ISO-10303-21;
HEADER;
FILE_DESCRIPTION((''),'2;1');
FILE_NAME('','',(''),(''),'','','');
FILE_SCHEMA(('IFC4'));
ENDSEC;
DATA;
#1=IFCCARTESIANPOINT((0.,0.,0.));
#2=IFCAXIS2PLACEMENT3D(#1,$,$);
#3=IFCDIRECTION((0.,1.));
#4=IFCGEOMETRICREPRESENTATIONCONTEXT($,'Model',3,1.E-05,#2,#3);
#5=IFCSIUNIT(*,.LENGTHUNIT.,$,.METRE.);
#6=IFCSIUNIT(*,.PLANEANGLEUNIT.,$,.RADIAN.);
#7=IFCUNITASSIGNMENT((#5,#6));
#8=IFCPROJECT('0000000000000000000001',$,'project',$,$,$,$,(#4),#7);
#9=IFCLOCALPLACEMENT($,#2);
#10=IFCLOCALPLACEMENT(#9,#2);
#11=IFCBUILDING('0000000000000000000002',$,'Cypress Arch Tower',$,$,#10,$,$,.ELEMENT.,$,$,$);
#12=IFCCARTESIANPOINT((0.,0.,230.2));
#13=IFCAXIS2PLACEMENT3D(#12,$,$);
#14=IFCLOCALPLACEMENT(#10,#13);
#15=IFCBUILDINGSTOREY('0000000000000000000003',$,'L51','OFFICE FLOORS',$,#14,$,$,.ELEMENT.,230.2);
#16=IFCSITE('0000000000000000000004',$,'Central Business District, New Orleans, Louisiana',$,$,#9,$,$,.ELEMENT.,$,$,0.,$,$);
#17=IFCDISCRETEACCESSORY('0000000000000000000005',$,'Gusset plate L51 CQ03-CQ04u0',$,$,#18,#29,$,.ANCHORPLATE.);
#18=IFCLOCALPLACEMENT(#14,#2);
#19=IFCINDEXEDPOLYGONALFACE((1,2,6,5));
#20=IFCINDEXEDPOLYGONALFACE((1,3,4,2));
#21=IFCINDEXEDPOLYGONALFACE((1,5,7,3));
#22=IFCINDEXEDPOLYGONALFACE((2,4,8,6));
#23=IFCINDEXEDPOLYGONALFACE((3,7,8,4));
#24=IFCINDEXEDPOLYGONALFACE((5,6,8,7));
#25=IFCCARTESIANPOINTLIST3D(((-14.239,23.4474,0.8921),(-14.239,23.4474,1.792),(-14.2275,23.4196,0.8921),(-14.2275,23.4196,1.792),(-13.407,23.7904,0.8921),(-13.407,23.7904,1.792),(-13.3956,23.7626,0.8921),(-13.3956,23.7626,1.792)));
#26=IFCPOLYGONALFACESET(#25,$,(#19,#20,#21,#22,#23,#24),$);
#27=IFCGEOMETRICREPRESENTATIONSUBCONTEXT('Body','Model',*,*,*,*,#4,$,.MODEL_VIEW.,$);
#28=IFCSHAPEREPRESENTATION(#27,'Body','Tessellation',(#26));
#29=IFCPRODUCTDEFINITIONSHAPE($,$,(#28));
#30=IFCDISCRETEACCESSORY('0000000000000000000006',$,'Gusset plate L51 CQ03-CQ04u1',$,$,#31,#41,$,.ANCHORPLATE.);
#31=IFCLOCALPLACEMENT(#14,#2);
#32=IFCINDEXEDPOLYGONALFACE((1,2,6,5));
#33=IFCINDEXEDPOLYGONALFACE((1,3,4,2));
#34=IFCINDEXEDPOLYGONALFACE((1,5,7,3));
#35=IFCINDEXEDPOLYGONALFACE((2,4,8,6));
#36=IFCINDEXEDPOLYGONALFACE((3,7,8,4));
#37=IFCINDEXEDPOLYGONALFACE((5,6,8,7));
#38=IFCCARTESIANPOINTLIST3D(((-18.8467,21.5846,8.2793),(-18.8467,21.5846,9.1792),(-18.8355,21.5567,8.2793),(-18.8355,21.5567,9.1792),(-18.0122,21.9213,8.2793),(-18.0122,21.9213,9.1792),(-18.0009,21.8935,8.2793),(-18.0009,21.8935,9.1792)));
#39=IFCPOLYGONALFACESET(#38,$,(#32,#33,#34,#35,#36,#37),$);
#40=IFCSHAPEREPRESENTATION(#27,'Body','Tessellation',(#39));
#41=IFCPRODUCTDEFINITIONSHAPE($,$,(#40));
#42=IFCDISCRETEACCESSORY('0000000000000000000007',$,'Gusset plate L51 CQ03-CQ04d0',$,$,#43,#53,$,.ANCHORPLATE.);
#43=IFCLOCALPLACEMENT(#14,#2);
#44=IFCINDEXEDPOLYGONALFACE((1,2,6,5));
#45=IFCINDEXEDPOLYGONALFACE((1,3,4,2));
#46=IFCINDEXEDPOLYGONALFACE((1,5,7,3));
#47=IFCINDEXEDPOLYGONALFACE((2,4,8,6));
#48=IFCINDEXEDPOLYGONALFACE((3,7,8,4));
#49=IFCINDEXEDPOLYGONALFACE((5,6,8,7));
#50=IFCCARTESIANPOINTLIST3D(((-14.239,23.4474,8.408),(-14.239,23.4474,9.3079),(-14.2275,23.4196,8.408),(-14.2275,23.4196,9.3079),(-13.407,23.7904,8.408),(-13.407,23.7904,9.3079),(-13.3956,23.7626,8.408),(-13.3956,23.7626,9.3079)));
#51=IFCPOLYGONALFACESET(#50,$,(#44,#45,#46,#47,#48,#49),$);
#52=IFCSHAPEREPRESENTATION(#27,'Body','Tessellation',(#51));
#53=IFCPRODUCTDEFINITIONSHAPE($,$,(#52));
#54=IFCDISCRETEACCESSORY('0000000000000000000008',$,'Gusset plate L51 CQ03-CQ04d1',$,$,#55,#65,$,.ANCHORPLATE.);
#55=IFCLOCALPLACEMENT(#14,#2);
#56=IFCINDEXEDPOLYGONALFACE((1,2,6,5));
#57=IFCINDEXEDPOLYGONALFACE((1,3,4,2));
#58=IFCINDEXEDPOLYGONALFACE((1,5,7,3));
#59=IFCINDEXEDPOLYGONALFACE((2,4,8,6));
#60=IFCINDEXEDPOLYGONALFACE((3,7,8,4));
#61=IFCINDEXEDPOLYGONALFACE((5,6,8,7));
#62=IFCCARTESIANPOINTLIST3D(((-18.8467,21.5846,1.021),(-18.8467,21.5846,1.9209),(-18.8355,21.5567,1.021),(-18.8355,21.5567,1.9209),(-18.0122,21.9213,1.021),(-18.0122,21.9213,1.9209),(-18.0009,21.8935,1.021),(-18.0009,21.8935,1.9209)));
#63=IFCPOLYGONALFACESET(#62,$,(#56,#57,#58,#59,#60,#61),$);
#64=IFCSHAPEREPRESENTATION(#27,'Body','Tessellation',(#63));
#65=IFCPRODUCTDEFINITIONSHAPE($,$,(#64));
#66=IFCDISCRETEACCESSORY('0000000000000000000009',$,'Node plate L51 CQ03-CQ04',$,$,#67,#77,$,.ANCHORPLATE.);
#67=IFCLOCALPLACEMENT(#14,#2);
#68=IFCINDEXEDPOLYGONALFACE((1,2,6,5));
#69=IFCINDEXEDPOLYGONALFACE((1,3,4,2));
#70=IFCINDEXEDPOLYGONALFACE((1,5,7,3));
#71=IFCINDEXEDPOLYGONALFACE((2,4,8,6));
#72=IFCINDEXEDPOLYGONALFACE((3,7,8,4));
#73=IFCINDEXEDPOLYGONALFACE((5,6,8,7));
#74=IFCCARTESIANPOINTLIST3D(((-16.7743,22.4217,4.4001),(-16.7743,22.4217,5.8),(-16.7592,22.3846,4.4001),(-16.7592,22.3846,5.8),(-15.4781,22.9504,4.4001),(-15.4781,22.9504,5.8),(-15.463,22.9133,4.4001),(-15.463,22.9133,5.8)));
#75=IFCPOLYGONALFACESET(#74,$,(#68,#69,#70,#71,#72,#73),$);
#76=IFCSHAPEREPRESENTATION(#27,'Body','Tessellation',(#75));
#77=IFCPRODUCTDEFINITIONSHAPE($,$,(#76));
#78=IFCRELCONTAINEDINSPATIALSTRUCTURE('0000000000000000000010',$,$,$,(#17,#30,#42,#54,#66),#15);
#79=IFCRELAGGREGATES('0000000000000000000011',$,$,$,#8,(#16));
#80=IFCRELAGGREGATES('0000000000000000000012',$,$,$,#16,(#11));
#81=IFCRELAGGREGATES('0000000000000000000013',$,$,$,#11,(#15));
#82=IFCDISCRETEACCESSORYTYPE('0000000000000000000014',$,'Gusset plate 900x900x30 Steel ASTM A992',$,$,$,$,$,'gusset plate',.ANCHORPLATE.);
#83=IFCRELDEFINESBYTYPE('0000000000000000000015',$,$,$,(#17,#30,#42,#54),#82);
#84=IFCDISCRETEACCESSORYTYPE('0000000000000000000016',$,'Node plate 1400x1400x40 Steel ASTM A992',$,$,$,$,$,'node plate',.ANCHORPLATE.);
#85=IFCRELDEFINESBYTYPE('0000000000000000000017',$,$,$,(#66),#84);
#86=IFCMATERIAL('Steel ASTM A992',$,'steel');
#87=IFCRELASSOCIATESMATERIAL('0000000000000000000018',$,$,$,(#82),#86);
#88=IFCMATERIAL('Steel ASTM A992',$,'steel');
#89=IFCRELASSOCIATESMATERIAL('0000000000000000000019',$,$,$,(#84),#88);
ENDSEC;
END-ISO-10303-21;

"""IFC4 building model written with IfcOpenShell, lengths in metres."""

from ifc_helpers import new_model, si_unit, direction, frame, origin, origin_2d, place, context, subcontext, project, spatial, rectangle, extrude, material, material_profile, profile_set, type_object, element, save


model = new_model("IFC4")

# Units and contexts
model_context = context("Model", 3, precision=1e-05, world=origin(), true_north=direction((0.0, 1.0)))
body_context = subcontext(model_context, "Body", "Model", "MODEL_VIEW")
ifc_project = project(units=[si_unit("LENGTHUNIT", "METRE"), si_unit("PLANEANGLEUNIT", "RADIAN")], contexts=[model_context])

# Site, building, storey
site_placement = place(None, origin())
site = spatial("IfcSite", under=ifc_project, at=site_placement, Name="Central Business District, New Orleans, Louisiana", CompositionType="ELEMENT", RefElevation=0.0)
building_placement = place(site_placement, origin())
building = spatial("IfcBuilding", under=site, at=building_placement, Name="Cypress Arch Tower", CompositionType="ELEMENT")
storey_placement = place(building_placement, frame((0.0, 0.0, 230.2)))
storey = spatial("IfcBuildingStorey", under=building, at=storey_placement, Name="L51", Description="OFFICE FLOORS", CompositionType="ELEMENT", Elevation=230.2)

# Discrete accessories
ifc_material_1 = material(Name="Steel ASTM A992", Category="steel")
ifc_material_profile_1 = material_profile(ifc_material_1, rectangle(XDim=0.8999, YDim=0.8999, at=origin_2d()), Name="PL 30 900x900")
ifc_profile_set_1 = profile_set([ifc_material_profile_1], Name="Steel ASTM A992")
discrete_accessory_type_1 = type_object("IfcDiscreteAccessoryType", Name="Gusset plate 900x900x30 Steel ASTM A992", ElementType="gusset plate", PredefinedType="ANCHORPLATE", material=ifc_profile_set_1)
for number, where, z_axis, x_axis, name in (
    (1, (-13.823, 23.6189, 1.342), (0.381158, -0.92451, 0.0), (0.92451, 0.381158, 0.0), "Gusset plate L51 CQ03-CQ04u0"),
    (2, (-18.4294, 21.7529, 8.7292), (0.374194, -0.92735, 0.0), (0.92735, 0.374194, 0.0), "Gusset plate L51 CQ03-CQ04u1"),
    (3, (-13.823, 23.6189, 8.8579), (0.381158, -0.92451, 0.0), (0.92451, 0.381158, 0.0), "Gusset plate L51 CQ03-CQ04d0"),
    (4, (-18.4294, 21.7529, 1.4709), (0.374194, -0.92735, 0.0), (0.92735, 0.374194, 0.0), "Gusset plate L51 CQ03-CQ04d1"),
):
    element("IfcDiscreteAccessory", number, at=place(storey_placement, frame(where, z_axis=z_axis, x_axis=x_axis)), inside=storey, type_object=discrete_accessory_type_1, Name=name, PredefinedType="ANCHORPLATE", context=body_context, shape_type="SweptSolid", body=[
        extrude(rectangle(XDim=0.8999, YDim=0.8999, at=origin_2d()), origin(), (0.0, 0.0, 1.0), 0.03),
    ])
ifc_material_2 = material(Name="Steel ASTM A992", Category="steel")
ifc_material_profile_2 = material_profile(ifc_material_2, rectangle(XDim=1.3999, YDim=1.3999, at=origin_2d()), Name="PL 40 1400x1400")
ifc_profile_set_2 = profile_set([ifc_material_profile_2], Name="Steel ASTM A992")
discrete_accessory_type_2 = type_object("IfcDiscreteAccessoryType", Name="Node plate 1400x1400x40 Steel ASTM A992", ElementType="node plate", PredefinedType="ANCHORPLATE", material=ifc_profile_set_2)
discrete_accessory_placement = place(storey_placement, frame((-16.1262, 22.686, 5.1001), z_axis=(0.377684, -0.925935, 0.0), x_axis=(0.925935, 0.377684, 0.0)))
element("IfcDiscreteAccessory", 5, at=discrete_accessory_placement, inside=storey, type_object=discrete_accessory_type_2, Name="Node plate L51 CQ03-CQ04", PredefinedType="ANCHORPLATE", context=body_context, shape_type="SweptSolid", body=[
    extrude(rectangle(XDim=1.3999, YDim=1.3999, at=origin_2d()), origin(), (0.0, 0.0, 1.0), 0.04),
])

save(model, "model.ifc")
